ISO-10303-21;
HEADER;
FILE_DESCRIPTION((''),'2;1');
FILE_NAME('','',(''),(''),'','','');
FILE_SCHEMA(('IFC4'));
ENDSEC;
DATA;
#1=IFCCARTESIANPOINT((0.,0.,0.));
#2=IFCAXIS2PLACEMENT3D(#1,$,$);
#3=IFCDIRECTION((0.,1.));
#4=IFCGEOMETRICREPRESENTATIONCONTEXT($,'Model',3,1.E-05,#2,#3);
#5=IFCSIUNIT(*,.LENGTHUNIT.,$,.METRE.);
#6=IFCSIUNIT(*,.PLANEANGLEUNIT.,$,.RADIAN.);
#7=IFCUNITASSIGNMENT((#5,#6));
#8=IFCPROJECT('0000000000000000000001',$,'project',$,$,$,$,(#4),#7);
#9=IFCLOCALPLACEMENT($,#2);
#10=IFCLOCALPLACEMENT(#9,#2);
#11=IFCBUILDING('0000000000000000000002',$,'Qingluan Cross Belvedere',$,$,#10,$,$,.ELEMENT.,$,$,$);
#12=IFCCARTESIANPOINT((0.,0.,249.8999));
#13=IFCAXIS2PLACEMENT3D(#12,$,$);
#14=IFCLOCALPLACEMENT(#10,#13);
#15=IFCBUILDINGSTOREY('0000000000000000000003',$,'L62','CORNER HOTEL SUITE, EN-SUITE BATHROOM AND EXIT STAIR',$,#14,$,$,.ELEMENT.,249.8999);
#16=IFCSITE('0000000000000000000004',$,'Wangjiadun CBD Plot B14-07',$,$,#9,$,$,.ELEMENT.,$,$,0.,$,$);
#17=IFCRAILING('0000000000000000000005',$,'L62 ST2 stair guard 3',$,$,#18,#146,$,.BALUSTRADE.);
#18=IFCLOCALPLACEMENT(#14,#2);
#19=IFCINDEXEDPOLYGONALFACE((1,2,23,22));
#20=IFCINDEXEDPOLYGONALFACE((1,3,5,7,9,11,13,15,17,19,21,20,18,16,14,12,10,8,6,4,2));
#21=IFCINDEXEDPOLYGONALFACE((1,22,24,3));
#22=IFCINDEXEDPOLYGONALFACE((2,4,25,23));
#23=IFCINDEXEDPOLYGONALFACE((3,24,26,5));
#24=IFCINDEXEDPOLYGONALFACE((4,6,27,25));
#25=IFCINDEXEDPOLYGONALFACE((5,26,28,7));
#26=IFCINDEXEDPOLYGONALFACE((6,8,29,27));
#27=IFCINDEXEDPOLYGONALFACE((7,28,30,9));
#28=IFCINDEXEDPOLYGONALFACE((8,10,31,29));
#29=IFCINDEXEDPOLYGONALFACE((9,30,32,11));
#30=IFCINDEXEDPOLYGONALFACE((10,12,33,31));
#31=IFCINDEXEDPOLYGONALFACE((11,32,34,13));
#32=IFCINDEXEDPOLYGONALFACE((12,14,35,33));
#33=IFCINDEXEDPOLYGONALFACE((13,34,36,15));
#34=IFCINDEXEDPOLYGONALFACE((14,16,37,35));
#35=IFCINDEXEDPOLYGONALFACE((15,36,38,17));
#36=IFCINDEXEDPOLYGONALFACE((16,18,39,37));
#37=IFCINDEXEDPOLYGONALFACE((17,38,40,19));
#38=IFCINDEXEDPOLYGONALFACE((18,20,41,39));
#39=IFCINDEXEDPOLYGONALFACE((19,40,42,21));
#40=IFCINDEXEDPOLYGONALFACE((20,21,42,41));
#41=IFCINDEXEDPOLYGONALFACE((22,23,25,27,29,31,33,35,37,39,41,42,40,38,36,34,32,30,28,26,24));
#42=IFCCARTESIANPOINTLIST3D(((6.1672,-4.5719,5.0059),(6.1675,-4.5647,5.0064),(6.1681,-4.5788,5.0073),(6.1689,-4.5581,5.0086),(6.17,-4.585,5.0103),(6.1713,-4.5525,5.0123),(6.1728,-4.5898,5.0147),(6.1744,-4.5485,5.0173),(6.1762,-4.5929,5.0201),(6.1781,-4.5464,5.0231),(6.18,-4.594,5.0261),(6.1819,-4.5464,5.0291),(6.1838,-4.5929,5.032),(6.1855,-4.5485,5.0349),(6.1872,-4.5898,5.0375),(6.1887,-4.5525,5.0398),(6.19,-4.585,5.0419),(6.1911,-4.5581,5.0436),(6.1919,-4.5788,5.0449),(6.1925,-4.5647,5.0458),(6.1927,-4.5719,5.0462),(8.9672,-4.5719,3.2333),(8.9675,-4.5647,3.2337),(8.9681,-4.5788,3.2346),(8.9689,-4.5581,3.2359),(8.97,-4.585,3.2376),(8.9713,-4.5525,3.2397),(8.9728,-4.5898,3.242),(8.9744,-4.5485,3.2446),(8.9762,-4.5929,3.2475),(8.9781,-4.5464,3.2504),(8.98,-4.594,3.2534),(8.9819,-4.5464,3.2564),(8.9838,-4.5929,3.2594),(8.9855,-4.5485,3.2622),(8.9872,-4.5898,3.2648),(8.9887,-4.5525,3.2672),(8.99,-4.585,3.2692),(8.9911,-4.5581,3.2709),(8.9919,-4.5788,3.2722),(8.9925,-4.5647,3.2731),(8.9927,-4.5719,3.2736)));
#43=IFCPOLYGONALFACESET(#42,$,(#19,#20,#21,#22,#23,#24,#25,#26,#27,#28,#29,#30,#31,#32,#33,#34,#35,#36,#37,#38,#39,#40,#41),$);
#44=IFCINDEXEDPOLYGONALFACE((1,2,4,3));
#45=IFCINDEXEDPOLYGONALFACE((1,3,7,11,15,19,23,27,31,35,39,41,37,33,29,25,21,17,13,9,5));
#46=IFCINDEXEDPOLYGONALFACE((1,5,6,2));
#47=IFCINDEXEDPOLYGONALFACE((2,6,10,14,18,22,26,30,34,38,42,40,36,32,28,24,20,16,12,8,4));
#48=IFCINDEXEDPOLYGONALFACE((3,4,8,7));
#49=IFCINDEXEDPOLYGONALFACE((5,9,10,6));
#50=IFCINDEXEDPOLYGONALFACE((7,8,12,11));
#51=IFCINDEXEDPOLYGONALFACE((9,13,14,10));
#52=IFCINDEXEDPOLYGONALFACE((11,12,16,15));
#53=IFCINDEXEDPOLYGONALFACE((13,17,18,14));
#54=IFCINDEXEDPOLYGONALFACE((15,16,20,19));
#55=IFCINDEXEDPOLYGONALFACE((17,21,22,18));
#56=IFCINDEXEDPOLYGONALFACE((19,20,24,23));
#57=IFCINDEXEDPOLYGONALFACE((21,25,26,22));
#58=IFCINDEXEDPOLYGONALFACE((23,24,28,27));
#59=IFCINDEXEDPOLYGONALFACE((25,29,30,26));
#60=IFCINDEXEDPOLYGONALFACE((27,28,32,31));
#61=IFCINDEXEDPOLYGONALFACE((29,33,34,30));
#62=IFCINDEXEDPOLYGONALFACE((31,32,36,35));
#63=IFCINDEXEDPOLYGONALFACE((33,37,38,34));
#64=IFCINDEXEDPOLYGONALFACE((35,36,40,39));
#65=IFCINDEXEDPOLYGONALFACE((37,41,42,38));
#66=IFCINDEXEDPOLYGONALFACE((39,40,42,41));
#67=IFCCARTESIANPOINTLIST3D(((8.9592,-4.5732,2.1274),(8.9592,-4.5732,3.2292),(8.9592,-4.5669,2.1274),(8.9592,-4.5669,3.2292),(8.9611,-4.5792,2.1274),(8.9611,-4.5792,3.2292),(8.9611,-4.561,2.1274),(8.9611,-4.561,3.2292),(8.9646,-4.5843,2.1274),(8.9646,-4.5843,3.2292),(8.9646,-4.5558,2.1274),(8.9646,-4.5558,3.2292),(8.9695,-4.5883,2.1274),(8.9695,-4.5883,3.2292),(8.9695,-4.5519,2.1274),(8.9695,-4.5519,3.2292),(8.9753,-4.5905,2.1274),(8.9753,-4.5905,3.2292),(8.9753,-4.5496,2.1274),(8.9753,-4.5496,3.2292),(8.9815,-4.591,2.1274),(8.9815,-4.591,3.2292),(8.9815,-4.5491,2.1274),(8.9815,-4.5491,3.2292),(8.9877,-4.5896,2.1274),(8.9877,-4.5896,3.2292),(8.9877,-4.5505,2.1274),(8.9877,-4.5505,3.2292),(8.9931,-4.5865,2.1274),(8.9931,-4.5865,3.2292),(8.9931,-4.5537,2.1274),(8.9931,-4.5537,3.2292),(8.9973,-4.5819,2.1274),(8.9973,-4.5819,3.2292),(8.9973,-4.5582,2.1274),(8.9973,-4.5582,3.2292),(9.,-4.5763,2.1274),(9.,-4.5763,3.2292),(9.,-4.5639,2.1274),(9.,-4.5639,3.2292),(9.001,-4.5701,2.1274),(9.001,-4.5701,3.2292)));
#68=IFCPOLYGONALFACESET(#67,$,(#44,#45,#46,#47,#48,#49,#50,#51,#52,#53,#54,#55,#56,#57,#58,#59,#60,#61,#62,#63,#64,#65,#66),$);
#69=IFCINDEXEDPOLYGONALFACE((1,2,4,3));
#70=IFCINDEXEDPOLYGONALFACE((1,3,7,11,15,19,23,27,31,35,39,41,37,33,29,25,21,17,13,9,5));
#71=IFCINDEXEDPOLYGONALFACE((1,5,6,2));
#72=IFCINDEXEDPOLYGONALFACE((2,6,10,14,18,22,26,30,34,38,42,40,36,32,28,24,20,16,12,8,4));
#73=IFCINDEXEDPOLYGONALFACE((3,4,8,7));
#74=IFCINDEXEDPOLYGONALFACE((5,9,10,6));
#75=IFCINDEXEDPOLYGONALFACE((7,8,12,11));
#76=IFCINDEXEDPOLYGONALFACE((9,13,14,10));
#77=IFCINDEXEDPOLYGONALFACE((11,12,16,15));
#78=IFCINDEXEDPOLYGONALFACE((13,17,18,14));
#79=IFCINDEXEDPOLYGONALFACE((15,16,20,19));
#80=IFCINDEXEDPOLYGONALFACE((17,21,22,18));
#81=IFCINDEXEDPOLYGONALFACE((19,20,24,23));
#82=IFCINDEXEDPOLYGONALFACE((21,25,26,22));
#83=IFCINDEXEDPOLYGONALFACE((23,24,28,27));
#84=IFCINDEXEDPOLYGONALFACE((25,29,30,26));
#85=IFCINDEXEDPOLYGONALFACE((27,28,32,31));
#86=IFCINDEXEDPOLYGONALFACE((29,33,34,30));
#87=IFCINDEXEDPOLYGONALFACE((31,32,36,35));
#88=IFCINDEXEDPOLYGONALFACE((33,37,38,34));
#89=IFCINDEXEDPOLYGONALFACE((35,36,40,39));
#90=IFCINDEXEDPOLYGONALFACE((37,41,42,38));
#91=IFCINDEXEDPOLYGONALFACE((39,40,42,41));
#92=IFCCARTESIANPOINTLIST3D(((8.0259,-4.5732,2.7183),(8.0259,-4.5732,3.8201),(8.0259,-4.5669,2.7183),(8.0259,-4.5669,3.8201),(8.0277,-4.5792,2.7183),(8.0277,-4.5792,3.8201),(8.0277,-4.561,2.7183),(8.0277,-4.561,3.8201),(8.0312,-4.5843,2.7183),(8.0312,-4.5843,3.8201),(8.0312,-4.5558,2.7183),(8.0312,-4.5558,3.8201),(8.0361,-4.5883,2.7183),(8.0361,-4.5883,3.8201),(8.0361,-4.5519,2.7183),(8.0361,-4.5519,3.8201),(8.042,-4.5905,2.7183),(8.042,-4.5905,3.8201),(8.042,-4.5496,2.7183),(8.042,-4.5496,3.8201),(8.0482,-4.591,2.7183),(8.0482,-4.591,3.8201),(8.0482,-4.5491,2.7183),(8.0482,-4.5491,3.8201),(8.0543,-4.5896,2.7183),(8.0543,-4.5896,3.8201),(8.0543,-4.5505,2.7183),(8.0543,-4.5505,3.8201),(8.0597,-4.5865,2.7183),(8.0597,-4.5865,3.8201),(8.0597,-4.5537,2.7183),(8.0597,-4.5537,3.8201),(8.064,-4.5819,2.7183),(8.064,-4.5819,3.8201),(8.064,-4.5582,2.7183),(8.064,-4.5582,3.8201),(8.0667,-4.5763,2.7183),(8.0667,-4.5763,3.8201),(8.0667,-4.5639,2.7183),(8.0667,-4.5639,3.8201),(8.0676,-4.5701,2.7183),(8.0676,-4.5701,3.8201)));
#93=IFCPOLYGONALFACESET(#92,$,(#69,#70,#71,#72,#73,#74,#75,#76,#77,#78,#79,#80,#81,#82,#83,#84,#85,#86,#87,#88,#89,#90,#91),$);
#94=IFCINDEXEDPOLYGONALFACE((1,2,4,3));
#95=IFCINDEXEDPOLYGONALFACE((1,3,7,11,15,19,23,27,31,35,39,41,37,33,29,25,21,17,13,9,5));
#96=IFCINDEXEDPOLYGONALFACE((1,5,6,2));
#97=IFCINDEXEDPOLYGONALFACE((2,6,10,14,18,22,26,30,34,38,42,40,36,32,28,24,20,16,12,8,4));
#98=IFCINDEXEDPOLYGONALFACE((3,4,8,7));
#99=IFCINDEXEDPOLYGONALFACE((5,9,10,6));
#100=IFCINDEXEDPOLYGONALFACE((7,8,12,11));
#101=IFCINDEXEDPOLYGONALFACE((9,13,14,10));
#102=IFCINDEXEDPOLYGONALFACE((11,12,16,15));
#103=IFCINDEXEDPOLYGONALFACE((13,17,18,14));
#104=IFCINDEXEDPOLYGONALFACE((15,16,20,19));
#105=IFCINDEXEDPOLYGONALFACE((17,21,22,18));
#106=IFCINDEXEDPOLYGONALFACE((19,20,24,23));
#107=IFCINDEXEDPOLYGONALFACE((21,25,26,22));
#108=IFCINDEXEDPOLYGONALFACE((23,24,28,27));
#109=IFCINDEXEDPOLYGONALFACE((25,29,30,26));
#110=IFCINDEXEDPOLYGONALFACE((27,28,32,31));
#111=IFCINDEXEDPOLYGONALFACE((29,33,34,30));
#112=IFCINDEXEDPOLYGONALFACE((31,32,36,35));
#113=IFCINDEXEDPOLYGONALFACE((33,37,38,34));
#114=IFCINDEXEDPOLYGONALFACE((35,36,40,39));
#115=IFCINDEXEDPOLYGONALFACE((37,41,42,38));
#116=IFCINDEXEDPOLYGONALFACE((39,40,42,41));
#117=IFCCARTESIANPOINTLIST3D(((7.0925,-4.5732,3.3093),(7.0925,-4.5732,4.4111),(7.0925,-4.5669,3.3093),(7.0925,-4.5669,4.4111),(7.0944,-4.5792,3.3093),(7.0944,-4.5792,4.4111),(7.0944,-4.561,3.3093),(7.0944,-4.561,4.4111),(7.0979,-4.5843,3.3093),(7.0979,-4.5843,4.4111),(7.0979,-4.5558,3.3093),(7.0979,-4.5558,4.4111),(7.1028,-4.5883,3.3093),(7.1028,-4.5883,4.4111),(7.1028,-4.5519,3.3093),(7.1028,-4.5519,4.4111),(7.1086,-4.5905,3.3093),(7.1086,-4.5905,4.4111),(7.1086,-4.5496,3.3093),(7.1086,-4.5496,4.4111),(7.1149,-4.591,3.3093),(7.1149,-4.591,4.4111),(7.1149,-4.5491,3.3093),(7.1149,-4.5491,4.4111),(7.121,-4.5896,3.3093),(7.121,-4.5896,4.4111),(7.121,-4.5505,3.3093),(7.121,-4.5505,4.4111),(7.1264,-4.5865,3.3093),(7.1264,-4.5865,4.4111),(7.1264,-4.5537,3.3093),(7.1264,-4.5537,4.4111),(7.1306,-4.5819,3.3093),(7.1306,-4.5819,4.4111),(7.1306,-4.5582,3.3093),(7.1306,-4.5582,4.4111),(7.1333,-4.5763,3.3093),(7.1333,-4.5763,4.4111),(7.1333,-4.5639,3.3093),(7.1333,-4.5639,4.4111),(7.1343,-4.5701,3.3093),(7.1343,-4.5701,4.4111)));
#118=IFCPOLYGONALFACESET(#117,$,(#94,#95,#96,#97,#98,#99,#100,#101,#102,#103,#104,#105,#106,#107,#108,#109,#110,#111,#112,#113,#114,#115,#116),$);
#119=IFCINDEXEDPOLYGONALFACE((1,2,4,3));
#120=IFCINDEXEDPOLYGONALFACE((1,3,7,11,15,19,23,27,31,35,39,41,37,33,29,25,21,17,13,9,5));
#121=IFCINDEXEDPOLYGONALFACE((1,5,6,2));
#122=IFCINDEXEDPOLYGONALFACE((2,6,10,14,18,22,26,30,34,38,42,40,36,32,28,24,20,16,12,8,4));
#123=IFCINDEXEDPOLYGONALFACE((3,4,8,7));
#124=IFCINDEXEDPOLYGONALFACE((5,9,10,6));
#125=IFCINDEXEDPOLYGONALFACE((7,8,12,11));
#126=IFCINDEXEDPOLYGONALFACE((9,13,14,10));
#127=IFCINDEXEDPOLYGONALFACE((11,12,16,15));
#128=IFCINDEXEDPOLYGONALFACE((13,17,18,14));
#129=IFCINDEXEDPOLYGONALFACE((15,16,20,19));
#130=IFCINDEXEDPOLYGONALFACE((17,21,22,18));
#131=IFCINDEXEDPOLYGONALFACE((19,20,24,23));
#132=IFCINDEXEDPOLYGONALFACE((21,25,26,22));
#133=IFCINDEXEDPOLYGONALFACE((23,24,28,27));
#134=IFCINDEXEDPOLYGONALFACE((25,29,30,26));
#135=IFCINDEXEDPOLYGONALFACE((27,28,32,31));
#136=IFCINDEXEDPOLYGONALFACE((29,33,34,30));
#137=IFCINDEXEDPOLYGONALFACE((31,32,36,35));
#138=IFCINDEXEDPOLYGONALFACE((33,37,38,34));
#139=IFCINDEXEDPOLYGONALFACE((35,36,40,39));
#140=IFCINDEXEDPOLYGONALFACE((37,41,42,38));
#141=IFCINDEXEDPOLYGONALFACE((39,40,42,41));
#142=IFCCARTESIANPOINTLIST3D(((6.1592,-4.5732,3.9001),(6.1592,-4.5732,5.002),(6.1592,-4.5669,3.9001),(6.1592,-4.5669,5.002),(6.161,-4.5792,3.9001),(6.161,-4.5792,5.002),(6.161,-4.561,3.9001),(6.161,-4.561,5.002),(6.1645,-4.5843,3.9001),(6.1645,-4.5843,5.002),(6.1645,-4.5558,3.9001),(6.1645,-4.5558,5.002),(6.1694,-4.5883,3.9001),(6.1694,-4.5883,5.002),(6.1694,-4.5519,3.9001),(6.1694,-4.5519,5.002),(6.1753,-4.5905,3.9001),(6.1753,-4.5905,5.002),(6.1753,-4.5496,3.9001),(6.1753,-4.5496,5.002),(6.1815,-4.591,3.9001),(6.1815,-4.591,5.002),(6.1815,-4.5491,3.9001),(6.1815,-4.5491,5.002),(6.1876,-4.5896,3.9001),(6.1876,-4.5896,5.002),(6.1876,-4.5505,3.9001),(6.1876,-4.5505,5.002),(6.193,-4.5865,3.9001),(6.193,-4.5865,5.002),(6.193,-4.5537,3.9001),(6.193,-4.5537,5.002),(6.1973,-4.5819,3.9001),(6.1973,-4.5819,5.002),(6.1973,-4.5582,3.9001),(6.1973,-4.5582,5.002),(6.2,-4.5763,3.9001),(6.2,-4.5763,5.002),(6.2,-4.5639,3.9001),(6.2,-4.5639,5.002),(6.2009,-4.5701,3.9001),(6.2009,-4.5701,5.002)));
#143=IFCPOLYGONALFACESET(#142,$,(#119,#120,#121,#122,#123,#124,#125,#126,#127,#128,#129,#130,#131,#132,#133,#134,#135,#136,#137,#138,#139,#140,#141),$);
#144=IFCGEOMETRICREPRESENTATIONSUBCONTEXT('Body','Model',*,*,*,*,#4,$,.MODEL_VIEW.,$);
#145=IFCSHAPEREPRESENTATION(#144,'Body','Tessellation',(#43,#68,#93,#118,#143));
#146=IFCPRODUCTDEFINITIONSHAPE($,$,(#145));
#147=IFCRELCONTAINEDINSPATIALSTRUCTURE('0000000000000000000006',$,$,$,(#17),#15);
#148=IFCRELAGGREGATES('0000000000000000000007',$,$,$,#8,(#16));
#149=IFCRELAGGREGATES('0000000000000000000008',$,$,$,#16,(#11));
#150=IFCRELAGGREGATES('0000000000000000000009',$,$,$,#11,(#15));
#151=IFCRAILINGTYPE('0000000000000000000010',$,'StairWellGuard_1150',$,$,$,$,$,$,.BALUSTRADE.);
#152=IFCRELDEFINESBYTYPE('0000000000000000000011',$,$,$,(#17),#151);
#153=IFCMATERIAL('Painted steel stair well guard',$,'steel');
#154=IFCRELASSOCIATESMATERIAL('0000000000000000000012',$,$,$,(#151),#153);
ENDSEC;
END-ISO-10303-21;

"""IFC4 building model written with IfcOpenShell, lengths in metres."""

from ifc_helpers import new_model, si_unit, direction, frame, origin, origin_2d, place, context, subcontext, project, spatial, circle, extrude, material, type_object, element, save


model = new_model("IFC4")

# Units and contexts
model_context = context("Model", 3, precision=1e-05, world=origin(), true_north=direction((0.0, 1.0)))
body_context = subcontext(model_context, "Body", "Model", "MODEL_VIEW")
ifc_project = project(units=[si_unit("LENGTHUNIT", "METRE"), si_unit("PLANEANGLEUNIT", "RADIAN")], contexts=[model_context])

# Site, building, storey
site_placement = place(None, origin())
site = spatial("IfcSite", under=ifc_project, at=site_placement, Name="Wangjiadun CBD Plot B14-07", CompositionType="ELEMENT", RefElevation=0.0)
building_placement = place(site_placement, origin())
building = spatial("IfcBuilding", under=site, at=building_placement, Name="Qingluan Cross Belvedere", CompositionType="ELEMENT")
storey_placement = place(building_placement, frame((0.0, 0.0, 249.8999)))
storey = spatial("IfcBuildingStorey", under=building, at=storey_placement, Name="L62", Description="CORNER HOTEL SUITE, EN-SUITE BATHROOM AND EXIT STAIR", CompositionType="ELEMENT", Elevation=249.8999)

# Railing
ifc_material_1 = material(Name="Painted steel stair well guard", Category="steel")
railing_type_1 = type_object("IfcRailingType", Name="StairWellGuard_1150", PredefinedType="BALUSTRADE", material=ifc_material_1)
railing_1_placement = place(storey_placement, frame((8.98, -4.5701, 2.1274)))
element("IfcRailing", 1, at=railing_1_placement, inside=storey, type_object=railing_type_1, Name="L62 ST2 stair guard 3", PredefinedType="BALUSTRADE", context=body_context, shape_type="SweptSolid", body=[
    extrude(circle(Radius=0.0239, at=origin_2d()), frame((0.0, 0.0, 1.126), z_axis=(-0.844909, 0.0, 0.53491), x_axis=(0.0, -1.0, 0.0)), (0.0, 0.0, 1.0), 3.314),
    extrude(circle(Radius=0.021, at=origin_2d()), origin(), (0.0, 0.0, 1.0), 1.1018),
    extrude(circle(Radius=0.021, at=origin_2d()), frame((-0.9333, 0.0, 0.5908)), (0.0, 0.0, 1.0), 1.1018),
    extrude(circle(Radius=0.021, at=origin_2d()), frame((-1.8667, 0.0, 1.1819)), (0.0, 0.0, 1.0), 1.1018),
    extrude(circle(Radius=0.021, at=origin_2d()), frame((-2.8, 0.0, 1.7727)), (0.0, 0.0, 1.0), 1.1018),
])

save(model, "model.ifc")
